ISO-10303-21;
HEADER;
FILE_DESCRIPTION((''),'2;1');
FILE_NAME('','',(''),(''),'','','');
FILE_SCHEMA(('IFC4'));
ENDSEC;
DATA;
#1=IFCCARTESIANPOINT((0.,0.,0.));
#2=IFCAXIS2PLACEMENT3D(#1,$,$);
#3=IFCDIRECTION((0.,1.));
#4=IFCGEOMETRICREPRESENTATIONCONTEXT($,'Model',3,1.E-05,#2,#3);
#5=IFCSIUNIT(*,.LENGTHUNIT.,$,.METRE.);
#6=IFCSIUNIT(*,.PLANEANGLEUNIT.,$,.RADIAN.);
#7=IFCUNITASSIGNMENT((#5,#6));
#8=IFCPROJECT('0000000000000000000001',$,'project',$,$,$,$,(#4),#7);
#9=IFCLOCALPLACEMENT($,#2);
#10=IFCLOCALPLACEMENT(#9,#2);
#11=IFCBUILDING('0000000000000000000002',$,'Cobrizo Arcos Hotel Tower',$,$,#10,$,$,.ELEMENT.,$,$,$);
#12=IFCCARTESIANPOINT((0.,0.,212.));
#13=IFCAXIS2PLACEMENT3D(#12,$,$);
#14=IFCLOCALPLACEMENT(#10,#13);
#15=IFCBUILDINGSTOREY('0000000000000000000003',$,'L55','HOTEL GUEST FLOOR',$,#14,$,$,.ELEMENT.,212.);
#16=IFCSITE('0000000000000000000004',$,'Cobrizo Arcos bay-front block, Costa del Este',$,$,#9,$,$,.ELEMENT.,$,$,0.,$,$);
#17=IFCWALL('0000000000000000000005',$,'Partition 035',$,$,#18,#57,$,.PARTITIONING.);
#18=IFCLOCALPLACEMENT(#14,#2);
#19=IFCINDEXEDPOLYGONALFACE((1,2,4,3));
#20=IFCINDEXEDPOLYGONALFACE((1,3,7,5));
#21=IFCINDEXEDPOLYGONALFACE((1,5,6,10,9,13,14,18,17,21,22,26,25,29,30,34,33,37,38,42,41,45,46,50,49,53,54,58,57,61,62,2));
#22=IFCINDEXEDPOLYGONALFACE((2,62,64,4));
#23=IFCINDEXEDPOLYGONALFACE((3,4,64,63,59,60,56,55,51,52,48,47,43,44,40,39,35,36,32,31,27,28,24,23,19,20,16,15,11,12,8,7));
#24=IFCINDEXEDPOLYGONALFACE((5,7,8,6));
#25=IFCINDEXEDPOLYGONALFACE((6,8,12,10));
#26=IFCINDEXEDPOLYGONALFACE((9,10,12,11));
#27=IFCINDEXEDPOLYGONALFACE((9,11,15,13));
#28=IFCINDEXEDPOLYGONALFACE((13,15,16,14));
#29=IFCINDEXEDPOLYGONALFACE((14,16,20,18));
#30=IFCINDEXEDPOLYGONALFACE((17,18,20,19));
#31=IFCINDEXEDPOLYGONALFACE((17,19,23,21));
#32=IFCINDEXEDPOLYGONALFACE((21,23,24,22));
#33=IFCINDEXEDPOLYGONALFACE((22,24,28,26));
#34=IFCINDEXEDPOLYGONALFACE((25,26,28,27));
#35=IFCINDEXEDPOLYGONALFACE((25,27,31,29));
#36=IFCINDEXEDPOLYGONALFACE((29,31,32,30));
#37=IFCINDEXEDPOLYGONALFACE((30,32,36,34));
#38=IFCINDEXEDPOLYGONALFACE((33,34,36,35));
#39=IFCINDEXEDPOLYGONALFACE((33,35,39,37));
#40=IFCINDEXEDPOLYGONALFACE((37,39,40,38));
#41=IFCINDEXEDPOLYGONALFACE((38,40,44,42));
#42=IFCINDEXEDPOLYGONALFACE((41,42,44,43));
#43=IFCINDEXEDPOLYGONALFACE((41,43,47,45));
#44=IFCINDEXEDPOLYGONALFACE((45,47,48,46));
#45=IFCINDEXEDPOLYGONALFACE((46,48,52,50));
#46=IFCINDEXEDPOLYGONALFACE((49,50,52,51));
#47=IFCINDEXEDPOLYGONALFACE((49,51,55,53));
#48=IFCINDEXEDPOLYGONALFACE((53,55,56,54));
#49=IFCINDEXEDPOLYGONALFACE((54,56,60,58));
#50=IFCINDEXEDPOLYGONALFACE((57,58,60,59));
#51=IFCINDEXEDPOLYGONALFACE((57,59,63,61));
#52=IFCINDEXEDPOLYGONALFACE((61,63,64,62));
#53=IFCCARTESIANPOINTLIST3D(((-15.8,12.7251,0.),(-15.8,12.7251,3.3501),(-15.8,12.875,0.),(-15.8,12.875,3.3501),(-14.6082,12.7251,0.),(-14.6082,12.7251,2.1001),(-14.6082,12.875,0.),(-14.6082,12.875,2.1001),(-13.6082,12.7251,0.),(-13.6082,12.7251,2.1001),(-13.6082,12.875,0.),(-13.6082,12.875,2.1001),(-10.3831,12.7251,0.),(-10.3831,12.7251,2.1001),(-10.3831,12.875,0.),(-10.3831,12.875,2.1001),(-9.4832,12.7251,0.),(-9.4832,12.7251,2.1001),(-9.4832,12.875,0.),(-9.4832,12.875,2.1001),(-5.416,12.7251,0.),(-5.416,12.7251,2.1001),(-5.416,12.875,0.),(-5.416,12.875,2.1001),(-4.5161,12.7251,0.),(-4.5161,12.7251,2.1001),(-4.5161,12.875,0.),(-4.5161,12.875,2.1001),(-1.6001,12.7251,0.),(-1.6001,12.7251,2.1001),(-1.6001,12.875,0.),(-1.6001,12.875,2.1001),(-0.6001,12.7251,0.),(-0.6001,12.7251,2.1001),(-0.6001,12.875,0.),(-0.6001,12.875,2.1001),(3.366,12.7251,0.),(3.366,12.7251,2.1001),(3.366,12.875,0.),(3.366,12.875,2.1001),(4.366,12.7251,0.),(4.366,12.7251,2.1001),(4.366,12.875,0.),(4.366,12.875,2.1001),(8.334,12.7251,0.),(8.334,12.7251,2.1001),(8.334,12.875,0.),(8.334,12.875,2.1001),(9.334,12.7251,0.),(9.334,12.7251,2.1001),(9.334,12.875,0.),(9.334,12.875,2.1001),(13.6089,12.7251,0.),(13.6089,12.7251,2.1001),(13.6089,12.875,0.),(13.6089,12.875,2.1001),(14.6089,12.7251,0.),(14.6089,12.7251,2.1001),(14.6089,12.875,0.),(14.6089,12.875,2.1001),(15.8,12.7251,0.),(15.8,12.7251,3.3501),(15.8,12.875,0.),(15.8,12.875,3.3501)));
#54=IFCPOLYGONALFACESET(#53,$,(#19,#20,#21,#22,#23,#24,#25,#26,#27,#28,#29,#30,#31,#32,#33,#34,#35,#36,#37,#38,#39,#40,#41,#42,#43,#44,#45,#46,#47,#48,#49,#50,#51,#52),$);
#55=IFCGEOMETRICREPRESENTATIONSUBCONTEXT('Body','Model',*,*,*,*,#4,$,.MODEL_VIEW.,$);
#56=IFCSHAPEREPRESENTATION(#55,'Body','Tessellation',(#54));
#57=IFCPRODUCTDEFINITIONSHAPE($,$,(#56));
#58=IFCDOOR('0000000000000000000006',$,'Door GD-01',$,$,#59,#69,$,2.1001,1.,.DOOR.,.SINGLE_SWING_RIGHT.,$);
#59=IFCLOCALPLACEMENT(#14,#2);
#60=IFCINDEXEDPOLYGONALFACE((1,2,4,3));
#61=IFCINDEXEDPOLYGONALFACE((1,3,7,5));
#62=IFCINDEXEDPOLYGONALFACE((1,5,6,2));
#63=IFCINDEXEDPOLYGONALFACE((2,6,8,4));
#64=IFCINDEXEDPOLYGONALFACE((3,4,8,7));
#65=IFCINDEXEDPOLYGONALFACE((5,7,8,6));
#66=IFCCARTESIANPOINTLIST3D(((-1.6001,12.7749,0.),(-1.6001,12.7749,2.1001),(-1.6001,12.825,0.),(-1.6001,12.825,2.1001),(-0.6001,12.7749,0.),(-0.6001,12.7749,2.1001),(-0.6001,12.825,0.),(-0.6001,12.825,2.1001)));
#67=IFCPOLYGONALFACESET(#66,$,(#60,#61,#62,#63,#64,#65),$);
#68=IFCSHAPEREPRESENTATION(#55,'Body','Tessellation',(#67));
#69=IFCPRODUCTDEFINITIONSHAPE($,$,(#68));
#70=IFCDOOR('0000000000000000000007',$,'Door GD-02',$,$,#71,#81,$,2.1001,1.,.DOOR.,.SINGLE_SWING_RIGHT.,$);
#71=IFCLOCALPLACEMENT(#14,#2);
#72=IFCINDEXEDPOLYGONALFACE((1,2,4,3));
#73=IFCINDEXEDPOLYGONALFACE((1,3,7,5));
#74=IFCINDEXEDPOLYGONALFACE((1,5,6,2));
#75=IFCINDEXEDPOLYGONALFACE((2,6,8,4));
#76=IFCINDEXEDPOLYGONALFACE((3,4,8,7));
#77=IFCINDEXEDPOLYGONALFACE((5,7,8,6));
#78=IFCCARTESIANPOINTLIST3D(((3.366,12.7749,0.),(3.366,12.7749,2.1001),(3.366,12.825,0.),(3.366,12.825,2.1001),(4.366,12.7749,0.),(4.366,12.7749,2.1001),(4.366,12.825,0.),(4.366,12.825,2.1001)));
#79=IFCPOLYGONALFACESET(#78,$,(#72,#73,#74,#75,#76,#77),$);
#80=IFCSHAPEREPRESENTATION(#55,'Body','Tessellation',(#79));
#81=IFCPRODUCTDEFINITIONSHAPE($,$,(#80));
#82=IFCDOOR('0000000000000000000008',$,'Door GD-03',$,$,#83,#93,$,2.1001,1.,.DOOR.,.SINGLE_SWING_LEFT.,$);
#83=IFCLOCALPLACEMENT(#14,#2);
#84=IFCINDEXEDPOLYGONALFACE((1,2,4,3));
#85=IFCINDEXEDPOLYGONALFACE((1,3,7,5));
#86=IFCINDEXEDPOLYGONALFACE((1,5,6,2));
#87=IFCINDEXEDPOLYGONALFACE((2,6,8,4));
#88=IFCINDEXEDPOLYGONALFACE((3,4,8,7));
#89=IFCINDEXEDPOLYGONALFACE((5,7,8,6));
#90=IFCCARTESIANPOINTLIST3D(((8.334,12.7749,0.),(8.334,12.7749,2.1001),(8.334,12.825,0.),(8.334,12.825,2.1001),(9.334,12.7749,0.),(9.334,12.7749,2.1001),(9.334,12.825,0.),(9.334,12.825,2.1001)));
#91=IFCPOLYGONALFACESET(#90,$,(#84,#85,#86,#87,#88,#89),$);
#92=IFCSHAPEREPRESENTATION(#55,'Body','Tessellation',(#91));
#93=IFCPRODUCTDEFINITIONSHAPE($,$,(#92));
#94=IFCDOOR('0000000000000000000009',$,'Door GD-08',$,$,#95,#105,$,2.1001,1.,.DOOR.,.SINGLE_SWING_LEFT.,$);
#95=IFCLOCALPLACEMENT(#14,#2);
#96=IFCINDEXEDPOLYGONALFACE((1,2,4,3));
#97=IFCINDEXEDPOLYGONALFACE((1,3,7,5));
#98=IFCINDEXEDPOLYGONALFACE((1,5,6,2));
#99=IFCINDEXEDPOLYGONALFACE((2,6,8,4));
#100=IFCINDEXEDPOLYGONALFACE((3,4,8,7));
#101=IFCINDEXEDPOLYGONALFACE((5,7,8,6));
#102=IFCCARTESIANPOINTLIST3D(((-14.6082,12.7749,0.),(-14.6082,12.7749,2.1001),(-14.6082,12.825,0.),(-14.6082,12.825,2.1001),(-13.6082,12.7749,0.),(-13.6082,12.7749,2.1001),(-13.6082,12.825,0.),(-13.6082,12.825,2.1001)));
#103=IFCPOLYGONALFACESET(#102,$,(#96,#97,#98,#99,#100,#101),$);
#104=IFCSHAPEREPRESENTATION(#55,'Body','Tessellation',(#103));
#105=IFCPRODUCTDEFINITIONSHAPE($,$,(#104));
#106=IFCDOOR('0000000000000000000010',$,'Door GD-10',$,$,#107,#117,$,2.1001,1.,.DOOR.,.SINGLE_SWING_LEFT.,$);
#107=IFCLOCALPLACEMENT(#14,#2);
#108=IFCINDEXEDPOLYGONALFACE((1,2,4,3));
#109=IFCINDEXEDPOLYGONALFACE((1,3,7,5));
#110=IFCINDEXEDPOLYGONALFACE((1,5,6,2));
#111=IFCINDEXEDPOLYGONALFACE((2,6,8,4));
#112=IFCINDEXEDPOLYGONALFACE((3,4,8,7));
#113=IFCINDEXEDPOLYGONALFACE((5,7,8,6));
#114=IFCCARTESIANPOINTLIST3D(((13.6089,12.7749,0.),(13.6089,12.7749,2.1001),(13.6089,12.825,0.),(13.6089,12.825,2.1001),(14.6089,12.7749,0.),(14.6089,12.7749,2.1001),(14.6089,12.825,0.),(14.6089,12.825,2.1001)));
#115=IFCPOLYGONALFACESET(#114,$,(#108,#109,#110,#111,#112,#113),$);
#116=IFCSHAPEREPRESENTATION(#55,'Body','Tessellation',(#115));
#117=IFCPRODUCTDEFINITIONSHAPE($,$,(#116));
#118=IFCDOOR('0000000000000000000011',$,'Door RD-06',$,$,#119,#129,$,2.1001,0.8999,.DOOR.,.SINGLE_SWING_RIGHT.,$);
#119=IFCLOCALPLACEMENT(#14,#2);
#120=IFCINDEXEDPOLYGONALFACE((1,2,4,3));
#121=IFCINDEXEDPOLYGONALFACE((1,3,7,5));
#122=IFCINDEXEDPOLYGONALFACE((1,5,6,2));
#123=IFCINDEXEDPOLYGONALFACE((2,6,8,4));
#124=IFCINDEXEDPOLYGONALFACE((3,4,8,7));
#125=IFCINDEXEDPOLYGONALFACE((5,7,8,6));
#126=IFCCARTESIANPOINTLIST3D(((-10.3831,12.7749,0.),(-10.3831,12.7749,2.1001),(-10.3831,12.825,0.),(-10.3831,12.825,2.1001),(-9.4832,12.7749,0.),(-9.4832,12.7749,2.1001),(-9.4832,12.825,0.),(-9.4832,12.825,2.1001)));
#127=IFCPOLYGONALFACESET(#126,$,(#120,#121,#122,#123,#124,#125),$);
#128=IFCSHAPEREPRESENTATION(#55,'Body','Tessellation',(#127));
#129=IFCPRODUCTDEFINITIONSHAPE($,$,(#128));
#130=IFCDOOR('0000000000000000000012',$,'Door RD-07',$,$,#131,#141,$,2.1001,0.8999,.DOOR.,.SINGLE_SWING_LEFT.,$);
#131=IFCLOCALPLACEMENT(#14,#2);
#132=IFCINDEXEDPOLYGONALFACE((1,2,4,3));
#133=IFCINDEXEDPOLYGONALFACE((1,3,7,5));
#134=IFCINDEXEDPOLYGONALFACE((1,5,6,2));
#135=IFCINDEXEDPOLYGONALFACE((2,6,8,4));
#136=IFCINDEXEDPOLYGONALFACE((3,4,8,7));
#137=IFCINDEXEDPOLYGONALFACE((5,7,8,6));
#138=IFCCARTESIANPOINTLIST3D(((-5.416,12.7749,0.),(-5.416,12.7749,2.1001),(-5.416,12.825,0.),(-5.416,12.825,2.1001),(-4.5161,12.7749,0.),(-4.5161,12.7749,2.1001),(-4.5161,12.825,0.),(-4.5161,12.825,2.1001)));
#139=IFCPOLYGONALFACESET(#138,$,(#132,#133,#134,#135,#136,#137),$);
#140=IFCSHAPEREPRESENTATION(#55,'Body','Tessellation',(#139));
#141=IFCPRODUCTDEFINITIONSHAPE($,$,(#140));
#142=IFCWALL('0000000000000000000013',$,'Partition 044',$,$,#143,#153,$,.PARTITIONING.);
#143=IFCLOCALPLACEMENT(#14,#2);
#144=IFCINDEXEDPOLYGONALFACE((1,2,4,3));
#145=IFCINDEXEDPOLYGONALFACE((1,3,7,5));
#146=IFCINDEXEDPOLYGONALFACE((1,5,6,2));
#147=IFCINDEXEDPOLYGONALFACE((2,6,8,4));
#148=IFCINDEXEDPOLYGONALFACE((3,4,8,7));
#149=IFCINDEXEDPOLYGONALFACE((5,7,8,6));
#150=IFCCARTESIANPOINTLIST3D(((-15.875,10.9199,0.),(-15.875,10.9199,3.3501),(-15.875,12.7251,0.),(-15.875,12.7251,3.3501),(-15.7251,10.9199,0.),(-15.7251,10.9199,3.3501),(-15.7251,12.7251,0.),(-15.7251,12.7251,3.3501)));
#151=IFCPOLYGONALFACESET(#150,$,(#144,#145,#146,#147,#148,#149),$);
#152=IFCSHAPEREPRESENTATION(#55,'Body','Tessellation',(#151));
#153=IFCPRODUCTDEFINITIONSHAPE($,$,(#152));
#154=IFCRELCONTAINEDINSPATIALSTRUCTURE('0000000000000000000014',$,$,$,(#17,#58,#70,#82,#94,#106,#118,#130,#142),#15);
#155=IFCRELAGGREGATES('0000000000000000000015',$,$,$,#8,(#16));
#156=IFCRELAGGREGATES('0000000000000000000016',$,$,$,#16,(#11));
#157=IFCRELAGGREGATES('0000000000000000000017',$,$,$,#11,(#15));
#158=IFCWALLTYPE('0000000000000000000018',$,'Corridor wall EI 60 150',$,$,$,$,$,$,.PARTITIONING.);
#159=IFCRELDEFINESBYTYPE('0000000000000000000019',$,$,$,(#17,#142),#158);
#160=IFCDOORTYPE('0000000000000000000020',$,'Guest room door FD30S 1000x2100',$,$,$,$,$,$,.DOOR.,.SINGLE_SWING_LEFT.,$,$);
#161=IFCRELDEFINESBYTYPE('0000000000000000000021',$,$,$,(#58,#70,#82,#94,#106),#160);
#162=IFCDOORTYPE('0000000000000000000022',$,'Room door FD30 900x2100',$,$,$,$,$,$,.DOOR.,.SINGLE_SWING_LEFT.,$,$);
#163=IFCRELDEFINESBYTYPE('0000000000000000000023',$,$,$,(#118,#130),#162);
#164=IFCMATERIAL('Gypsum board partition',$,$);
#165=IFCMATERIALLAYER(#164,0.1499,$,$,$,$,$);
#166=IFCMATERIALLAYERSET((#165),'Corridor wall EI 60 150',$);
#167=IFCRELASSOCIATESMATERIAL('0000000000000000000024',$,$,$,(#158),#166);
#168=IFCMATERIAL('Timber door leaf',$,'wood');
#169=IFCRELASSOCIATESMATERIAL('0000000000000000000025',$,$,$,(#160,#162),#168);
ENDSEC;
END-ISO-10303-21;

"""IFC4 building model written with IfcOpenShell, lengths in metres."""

from ifc_helpers import new_model, si_unit, direction, frame, frame_2d, origin, place, context, subcontext, project, spatial, rectangle, extrude, material, layer, layer_set, type_object, element, fill, save


model = new_model("IFC4")

# Units and contexts
model_context = context("Model", 3, precision=1e-05, world=origin(), true_north=direction((0.0, 1.0)))
body_context = subcontext(model_context, "Body", "Model", "MODEL_VIEW")
ifc_project = project(units=[si_unit("LENGTHUNIT", "METRE"), si_unit("PLANEANGLEUNIT", "RADIAN")], contexts=[model_context])

# Site, building, storey
site_placement = place(None, origin())
site = spatial("IfcSite", under=ifc_project, at=site_placement, Name="Cobrizo Arcos bay-front block, Costa del Este", CompositionType="ELEMENT", RefElevation=0.0)
building_placement = place(site_placement, origin())
building = spatial("IfcBuilding", under=site, at=building_placement, Name="Cobrizo Arcos Hotel Tower", CompositionType="ELEMENT")
storey_placement = place(building_placement, frame((0.0, 0.0, 212.0)))
storey = spatial("IfcBuildingStorey", under=building, at=storey_placement, Name="L55", Description="HOTEL GUEST FLOOR", CompositionType="ELEMENT", Elevation=212.0)

# Wall, openings, doors
ifc_material_1 = material(Name="Gypsum board partition")
ifc_layer_1 = layer(ifc_material_1, 0.1499)
ifc_layer_set_1 = layer_set([ifc_layer_1], Name="Corridor wall EI 60 150")
wall_type = type_object("IfcWallType", Name="Corridor wall EI 60 150", PredefinedType="PARTITIONING", material=ifc_layer_set_1)
wall_1_placement = place(storey_placement, frame((-15.8, 12.8, 0.0), z_axis=(0.0, 0.0, 1.0), x_axis=(1.0, 0.0, 0.0)))
wall_1 = element("IfcWall", 1, at=wall_1_placement, inside=storey, type_object=wall_type, Name="Partition 035", PredefinedType="PARTITIONING", context=body_context, shape_type="SweptSolid", body=[
    extrude(rectangle(XDim=31.6001, YDim=0.1499, at=frame_2d((15.8, 0.0))), origin(), (0.0, 0.0, 1.0), 3.3501),
])
opening_1_placement = place(wall_1_placement, frame((5.417, 0.0, 0.0)))
opening_1 = element("IfcOpeningElement", 2, at=opening_1_placement, cuts=wall_1, PredefinedType="OPENING", context=body_context, shape_type="SweptSolid", body=[
    extrude(rectangle(XDim=0.8999, YDim=2.1001, at=frame_2d((0.45, 1.05))), frame((0.0, 0.0869, 0.0), z_axis=(0.0, -1.0, 0.0), x_axis=(1.0, 0.0, 0.0)), (0.0, 0.0, 1.0), 0.1738),
])
opening_2_placement = place(wall_1_placement, frame((10.384, 0.0, 0.0)))
opening_2 = element("IfcOpeningElement", 3, at=opening_2_placement, cuts=wall_1, PredefinedType="OPENING", context=body_context, shape_type="SweptSolid", body=[
    extrude(rectangle(XDim=0.8999, YDim=2.1001, at=frame_2d((0.45, 1.05))), frame((0.0, 0.0869, 0.0), z_axis=(0.0, -1.0, 0.0), x_axis=(1.0, 0.0, 0.0)), (0.0, 0.0, 1.0), 0.1738),
])
opening_3_placement = place(wall_1_placement, frame((14.2, 0.0, 0.0)))
opening_3 = element("IfcOpeningElement", 4, at=opening_3_placement, cuts=wall_1, PredefinedType="OPENING", context=body_context, shape_type="SweptSolid", body=[
    extrude(rectangle(XDim=1.0, YDim=2.1001, at=frame_2d((0.5, 1.05))), frame((0.0, 0.0869, 0.0), z_axis=(0.0, -1.0, 0.0), x_axis=(1.0, 0.0, 0.0)), (0.0, 0.0, 1.0), 0.1738),
])
opening_4_placement = place(wall_1_placement, frame((19.166, 0.0, 0.0)))
opening_4 = element("IfcOpeningElement", 5, at=opening_4_placement, cuts=wall_1, PredefinedType="OPENING", context=body_context, shape_type="SweptSolid", body=[
    extrude(rectangle(XDim=1.0, YDim=2.1001, at=frame_2d((0.5, 1.05))), frame((0.0, 0.0869, 0.0), z_axis=(0.0, -1.0, 0.0), x_axis=(1.0, 0.0, 0.0)), (0.0, 0.0, 1.0), 0.1738),
])
opening_5_placement = place(wall_1_placement, frame((24.134, 0.0, 0.0)))
opening_5 = element("IfcOpeningElement", 6, at=opening_5_placement, cuts=wall_1, PredefinedType="OPENING", context=body_context, shape_type="SweptSolid", body=[
    extrude(rectangle(XDim=1.0, YDim=2.1001, at=frame_2d((0.5, 1.05))), frame((0.0, 0.0869, 0.0), z_axis=(0.0, -1.0, 0.0), x_axis=(1.0, 0.0, 0.0)), (0.0, 0.0, 1.0), 0.1738),
])
opening_6_placement = place(wall_1_placement, frame((1.1919, 0.0, 0.0)))
opening_6 = element("IfcOpeningElement", 7, at=opening_6_placement, cuts=wall_1, PredefinedType="OPENING", context=body_context, shape_type="SweptSolid", body=[
    extrude(rectangle(XDim=1.0, YDim=2.1001, at=frame_2d((0.5, 1.05))), frame((0.0, 0.0869, 0.0), z_axis=(0.0, -1.0, 0.0), x_axis=(1.0, 0.0, 0.0)), (0.0, 0.0, 1.0), 0.1738),
])
opening_7_placement = place(wall_1_placement, frame((29.4089, 0.0, 0.0)))
opening_7 = element("IfcOpeningElement", 8, at=opening_7_placement, cuts=wall_1, PredefinedType="OPENING", context=body_context, shape_type="SweptSolid", body=[
    extrude(rectangle(XDim=1.0, YDim=2.1001, at=frame_2d((0.5, 1.05))), frame((0.0, 0.0869, 0.0), z_axis=(0.0, -1.0, 0.0), x_axis=(1.0, 0.0, 0.0)), (0.0, 0.0, 1.0), 0.1738),
])
ifc_material_2 = material(Name="Timber door leaf", Category="wood")
door_type_1 = type_object("IfcDoorType", Name="Guest room door FD30S 1000x2100", OperationType="SINGLE_SWING_LEFT", PredefinedType="DOOR", material=ifc_material_2)
door_1_placement = place(opening_3_placement, origin())
door_1 = element("IfcDoor", 9, at=door_1_placement, inside=storey, type_object=door_type_1, Name="Door GD-01", OperationType="SINGLE_SWING_RIGHT", OverallHeight=2.1001, OverallWidth=1.0, PredefinedType="DOOR", context=body_context, shape_type="SweptSolid", body=[
    extrude(rectangle(XDim=1.0, YDim=2.1001, at=frame_2d((0.5, 1.05))), frame((0.0, 0.0249, 0.0), z_axis=(0.0, -1.0, 0.0), x_axis=(1.0, 0.0, 0.0)), (0.0, 0.0, 1.0), 0.05),
])
fill(opening_3, door_1)
door_2_placement = place(opening_4_placement, origin())
door_2 = element("IfcDoor", 10, at=door_2_placement, inside=storey, type_object=door_type_1, Name="Door GD-02", OperationType="SINGLE_SWING_RIGHT", OverallHeight=2.1001, OverallWidth=1.0, PredefinedType="DOOR", context=body_context, shape_type="SweptSolid", body=[
    extrude(rectangle(XDim=1.0, YDim=2.1001, at=frame_2d((0.5, 1.05))), frame((0.0, 0.0249, 0.0), z_axis=(0.0, -1.0, 0.0), x_axis=(1.0, 0.0, 0.0)), (0.0, 0.0, 1.0), 0.05),
])
fill(opening_4, door_2)
door_3_placement = place(opening_5_placement, origin())
door_3 = element("IfcDoor", 11, at=door_3_placement, inside=storey, type_object=door_type_1, Name="Door GD-03", OperationType="SINGLE_SWING_LEFT", OverallHeight=2.1001, OverallWidth=1.0, PredefinedType="DOOR", context=body_context, shape_type="SweptSolid", body=[
    extrude(rectangle(XDim=1.0, YDim=2.1001, at=frame_2d((0.5, 1.05))), frame((0.0, 0.0249, 0.0), z_axis=(0.0, -1.0, 0.0), x_axis=(1.0, 0.0, 0.0)), (0.0, 0.0, 1.0), 0.05),
])
fill(opening_5, door_3)
door_4_placement = place(opening_6_placement, origin())
door_4 = element("IfcDoor", 12, at=door_4_placement, inside=storey, type_object=door_type_1, Name="Door GD-08", OperationType="SINGLE_SWING_LEFT", OverallHeight=2.1001, OverallWidth=1.0, PredefinedType="DOOR", context=body_context, shape_type="SweptSolid", body=[
    extrude(rectangle(XDim=1.0, YDim=2.1001, at=frame_2d((0.5, 1.05))), frame((0.0, 0.0249, 0.0), z_axis=(0.0, -1.0, 0.0), x_axis=(1.0, 0.0, 0.0)), (0.0, 0.0, 1.0), 0.05),
])
fill(opening_6, door_4)
door_5_placement = place(opening_7_placement, origin())
door_5 = element("IfcDoor", 13, at=door_5_placement, inside=storey, type_object=door_type_1, Name="Door GD-10", OperationType="SINGLE_SWING_LEFT", OverallHeight=2.1001, OverallWidth=1.0, PredefinedType="DOOR", context=body_context, shape_type="SweptSolid", body=[
    extrude(rectangle(XDim=1.0, YDim=2.1001, at=frame_2d((0.5, 1.05))), frame((0.0, 0.0249, 0.0), z_axis=(0.0, -1.0, 0.0), x_axis=(1.0, 0.0, 0.0)), (0.0, 0.0, 1.0), 0.05),
])
fill(opening_7, door_5)
door_type_2 = type_object("IfcDoorType", Name="Room door FD30 900x2100", OperationType="SINGLE_SWING_LEFT", PredefinedType="DOOR", material=ifc_material_2)
door_6_placement = place(opening_1_placement, origin())
door_6 = element("IfcDoor", 14, at=door_6_placement, inside=storey, type_object=door_type_2, Name="Door RD-06", OperationType="SINGLE_SWING_RIGHT", OverallHeight=2.1001, OverallWidth=0.8999, PredefinedType="DOOR", context=body_context, shape_type="SweptSolid", body=[
    extrude(rectangle(XDim=0.8999, YDim=2.1001, at=frame_2d((0.45, 1.05))), frame((0.0, 0.0249, 0.0), z_axis=(0.0, -1.0, 0.0), x_axis=(1.0, 0.0, 0.0)), (0.0, 0.0, 1.0), 0.05),
])
fill(opening_1, door_6)
door_7_placement = place(opening_2_placement, origin())
door_7 = element("IfcDoor", 15, at=door_7_placement, inside=storey, type_object=door_type_2, Name="Door RD-07", OperationType="SINGLE_SWING_LEFT", OverallHeight=2.1001, OverallWidth=0.8999, PredefinedType="DOOR", context=body_context, shape_type="SweptSolid", body=[
    extrude(rectangle(XDim=0.8999, YDim=2.1001, at=frame_2d((0.45, 1.05))), frame((0.0, 0.0249, 0.0), z_axis=(0.0, -1.0, 0.0), x_axis=(1.0, 0.0, 0.0)), (0.0, 0.0, 1.0), 0.05),
])
fill(opening_2, door_7)

# Wall
wall_2_placement = place(storey_placement, frame((-15.8, 10.9199, 0.0), z_axis=(0.0, 0.0, 1.0), x_axis=(0.0, 1.0, 0.0)))
element("IfcWall", 16, at=wall_2_placement, inside=storey, type_object=wall_type, Name="Partition 044", PredefinedType="PARTITIONING", context=body_context, shape_type="SweptSolid", body=[
    extrude(rectangle(XDim=1.8052, YDim=0.1499, at=frame_2d((0.9026, 0.0))), origin(), (0.0, 0.0, 1.0), 3.3501),
])

save(model, "model.ifc")
